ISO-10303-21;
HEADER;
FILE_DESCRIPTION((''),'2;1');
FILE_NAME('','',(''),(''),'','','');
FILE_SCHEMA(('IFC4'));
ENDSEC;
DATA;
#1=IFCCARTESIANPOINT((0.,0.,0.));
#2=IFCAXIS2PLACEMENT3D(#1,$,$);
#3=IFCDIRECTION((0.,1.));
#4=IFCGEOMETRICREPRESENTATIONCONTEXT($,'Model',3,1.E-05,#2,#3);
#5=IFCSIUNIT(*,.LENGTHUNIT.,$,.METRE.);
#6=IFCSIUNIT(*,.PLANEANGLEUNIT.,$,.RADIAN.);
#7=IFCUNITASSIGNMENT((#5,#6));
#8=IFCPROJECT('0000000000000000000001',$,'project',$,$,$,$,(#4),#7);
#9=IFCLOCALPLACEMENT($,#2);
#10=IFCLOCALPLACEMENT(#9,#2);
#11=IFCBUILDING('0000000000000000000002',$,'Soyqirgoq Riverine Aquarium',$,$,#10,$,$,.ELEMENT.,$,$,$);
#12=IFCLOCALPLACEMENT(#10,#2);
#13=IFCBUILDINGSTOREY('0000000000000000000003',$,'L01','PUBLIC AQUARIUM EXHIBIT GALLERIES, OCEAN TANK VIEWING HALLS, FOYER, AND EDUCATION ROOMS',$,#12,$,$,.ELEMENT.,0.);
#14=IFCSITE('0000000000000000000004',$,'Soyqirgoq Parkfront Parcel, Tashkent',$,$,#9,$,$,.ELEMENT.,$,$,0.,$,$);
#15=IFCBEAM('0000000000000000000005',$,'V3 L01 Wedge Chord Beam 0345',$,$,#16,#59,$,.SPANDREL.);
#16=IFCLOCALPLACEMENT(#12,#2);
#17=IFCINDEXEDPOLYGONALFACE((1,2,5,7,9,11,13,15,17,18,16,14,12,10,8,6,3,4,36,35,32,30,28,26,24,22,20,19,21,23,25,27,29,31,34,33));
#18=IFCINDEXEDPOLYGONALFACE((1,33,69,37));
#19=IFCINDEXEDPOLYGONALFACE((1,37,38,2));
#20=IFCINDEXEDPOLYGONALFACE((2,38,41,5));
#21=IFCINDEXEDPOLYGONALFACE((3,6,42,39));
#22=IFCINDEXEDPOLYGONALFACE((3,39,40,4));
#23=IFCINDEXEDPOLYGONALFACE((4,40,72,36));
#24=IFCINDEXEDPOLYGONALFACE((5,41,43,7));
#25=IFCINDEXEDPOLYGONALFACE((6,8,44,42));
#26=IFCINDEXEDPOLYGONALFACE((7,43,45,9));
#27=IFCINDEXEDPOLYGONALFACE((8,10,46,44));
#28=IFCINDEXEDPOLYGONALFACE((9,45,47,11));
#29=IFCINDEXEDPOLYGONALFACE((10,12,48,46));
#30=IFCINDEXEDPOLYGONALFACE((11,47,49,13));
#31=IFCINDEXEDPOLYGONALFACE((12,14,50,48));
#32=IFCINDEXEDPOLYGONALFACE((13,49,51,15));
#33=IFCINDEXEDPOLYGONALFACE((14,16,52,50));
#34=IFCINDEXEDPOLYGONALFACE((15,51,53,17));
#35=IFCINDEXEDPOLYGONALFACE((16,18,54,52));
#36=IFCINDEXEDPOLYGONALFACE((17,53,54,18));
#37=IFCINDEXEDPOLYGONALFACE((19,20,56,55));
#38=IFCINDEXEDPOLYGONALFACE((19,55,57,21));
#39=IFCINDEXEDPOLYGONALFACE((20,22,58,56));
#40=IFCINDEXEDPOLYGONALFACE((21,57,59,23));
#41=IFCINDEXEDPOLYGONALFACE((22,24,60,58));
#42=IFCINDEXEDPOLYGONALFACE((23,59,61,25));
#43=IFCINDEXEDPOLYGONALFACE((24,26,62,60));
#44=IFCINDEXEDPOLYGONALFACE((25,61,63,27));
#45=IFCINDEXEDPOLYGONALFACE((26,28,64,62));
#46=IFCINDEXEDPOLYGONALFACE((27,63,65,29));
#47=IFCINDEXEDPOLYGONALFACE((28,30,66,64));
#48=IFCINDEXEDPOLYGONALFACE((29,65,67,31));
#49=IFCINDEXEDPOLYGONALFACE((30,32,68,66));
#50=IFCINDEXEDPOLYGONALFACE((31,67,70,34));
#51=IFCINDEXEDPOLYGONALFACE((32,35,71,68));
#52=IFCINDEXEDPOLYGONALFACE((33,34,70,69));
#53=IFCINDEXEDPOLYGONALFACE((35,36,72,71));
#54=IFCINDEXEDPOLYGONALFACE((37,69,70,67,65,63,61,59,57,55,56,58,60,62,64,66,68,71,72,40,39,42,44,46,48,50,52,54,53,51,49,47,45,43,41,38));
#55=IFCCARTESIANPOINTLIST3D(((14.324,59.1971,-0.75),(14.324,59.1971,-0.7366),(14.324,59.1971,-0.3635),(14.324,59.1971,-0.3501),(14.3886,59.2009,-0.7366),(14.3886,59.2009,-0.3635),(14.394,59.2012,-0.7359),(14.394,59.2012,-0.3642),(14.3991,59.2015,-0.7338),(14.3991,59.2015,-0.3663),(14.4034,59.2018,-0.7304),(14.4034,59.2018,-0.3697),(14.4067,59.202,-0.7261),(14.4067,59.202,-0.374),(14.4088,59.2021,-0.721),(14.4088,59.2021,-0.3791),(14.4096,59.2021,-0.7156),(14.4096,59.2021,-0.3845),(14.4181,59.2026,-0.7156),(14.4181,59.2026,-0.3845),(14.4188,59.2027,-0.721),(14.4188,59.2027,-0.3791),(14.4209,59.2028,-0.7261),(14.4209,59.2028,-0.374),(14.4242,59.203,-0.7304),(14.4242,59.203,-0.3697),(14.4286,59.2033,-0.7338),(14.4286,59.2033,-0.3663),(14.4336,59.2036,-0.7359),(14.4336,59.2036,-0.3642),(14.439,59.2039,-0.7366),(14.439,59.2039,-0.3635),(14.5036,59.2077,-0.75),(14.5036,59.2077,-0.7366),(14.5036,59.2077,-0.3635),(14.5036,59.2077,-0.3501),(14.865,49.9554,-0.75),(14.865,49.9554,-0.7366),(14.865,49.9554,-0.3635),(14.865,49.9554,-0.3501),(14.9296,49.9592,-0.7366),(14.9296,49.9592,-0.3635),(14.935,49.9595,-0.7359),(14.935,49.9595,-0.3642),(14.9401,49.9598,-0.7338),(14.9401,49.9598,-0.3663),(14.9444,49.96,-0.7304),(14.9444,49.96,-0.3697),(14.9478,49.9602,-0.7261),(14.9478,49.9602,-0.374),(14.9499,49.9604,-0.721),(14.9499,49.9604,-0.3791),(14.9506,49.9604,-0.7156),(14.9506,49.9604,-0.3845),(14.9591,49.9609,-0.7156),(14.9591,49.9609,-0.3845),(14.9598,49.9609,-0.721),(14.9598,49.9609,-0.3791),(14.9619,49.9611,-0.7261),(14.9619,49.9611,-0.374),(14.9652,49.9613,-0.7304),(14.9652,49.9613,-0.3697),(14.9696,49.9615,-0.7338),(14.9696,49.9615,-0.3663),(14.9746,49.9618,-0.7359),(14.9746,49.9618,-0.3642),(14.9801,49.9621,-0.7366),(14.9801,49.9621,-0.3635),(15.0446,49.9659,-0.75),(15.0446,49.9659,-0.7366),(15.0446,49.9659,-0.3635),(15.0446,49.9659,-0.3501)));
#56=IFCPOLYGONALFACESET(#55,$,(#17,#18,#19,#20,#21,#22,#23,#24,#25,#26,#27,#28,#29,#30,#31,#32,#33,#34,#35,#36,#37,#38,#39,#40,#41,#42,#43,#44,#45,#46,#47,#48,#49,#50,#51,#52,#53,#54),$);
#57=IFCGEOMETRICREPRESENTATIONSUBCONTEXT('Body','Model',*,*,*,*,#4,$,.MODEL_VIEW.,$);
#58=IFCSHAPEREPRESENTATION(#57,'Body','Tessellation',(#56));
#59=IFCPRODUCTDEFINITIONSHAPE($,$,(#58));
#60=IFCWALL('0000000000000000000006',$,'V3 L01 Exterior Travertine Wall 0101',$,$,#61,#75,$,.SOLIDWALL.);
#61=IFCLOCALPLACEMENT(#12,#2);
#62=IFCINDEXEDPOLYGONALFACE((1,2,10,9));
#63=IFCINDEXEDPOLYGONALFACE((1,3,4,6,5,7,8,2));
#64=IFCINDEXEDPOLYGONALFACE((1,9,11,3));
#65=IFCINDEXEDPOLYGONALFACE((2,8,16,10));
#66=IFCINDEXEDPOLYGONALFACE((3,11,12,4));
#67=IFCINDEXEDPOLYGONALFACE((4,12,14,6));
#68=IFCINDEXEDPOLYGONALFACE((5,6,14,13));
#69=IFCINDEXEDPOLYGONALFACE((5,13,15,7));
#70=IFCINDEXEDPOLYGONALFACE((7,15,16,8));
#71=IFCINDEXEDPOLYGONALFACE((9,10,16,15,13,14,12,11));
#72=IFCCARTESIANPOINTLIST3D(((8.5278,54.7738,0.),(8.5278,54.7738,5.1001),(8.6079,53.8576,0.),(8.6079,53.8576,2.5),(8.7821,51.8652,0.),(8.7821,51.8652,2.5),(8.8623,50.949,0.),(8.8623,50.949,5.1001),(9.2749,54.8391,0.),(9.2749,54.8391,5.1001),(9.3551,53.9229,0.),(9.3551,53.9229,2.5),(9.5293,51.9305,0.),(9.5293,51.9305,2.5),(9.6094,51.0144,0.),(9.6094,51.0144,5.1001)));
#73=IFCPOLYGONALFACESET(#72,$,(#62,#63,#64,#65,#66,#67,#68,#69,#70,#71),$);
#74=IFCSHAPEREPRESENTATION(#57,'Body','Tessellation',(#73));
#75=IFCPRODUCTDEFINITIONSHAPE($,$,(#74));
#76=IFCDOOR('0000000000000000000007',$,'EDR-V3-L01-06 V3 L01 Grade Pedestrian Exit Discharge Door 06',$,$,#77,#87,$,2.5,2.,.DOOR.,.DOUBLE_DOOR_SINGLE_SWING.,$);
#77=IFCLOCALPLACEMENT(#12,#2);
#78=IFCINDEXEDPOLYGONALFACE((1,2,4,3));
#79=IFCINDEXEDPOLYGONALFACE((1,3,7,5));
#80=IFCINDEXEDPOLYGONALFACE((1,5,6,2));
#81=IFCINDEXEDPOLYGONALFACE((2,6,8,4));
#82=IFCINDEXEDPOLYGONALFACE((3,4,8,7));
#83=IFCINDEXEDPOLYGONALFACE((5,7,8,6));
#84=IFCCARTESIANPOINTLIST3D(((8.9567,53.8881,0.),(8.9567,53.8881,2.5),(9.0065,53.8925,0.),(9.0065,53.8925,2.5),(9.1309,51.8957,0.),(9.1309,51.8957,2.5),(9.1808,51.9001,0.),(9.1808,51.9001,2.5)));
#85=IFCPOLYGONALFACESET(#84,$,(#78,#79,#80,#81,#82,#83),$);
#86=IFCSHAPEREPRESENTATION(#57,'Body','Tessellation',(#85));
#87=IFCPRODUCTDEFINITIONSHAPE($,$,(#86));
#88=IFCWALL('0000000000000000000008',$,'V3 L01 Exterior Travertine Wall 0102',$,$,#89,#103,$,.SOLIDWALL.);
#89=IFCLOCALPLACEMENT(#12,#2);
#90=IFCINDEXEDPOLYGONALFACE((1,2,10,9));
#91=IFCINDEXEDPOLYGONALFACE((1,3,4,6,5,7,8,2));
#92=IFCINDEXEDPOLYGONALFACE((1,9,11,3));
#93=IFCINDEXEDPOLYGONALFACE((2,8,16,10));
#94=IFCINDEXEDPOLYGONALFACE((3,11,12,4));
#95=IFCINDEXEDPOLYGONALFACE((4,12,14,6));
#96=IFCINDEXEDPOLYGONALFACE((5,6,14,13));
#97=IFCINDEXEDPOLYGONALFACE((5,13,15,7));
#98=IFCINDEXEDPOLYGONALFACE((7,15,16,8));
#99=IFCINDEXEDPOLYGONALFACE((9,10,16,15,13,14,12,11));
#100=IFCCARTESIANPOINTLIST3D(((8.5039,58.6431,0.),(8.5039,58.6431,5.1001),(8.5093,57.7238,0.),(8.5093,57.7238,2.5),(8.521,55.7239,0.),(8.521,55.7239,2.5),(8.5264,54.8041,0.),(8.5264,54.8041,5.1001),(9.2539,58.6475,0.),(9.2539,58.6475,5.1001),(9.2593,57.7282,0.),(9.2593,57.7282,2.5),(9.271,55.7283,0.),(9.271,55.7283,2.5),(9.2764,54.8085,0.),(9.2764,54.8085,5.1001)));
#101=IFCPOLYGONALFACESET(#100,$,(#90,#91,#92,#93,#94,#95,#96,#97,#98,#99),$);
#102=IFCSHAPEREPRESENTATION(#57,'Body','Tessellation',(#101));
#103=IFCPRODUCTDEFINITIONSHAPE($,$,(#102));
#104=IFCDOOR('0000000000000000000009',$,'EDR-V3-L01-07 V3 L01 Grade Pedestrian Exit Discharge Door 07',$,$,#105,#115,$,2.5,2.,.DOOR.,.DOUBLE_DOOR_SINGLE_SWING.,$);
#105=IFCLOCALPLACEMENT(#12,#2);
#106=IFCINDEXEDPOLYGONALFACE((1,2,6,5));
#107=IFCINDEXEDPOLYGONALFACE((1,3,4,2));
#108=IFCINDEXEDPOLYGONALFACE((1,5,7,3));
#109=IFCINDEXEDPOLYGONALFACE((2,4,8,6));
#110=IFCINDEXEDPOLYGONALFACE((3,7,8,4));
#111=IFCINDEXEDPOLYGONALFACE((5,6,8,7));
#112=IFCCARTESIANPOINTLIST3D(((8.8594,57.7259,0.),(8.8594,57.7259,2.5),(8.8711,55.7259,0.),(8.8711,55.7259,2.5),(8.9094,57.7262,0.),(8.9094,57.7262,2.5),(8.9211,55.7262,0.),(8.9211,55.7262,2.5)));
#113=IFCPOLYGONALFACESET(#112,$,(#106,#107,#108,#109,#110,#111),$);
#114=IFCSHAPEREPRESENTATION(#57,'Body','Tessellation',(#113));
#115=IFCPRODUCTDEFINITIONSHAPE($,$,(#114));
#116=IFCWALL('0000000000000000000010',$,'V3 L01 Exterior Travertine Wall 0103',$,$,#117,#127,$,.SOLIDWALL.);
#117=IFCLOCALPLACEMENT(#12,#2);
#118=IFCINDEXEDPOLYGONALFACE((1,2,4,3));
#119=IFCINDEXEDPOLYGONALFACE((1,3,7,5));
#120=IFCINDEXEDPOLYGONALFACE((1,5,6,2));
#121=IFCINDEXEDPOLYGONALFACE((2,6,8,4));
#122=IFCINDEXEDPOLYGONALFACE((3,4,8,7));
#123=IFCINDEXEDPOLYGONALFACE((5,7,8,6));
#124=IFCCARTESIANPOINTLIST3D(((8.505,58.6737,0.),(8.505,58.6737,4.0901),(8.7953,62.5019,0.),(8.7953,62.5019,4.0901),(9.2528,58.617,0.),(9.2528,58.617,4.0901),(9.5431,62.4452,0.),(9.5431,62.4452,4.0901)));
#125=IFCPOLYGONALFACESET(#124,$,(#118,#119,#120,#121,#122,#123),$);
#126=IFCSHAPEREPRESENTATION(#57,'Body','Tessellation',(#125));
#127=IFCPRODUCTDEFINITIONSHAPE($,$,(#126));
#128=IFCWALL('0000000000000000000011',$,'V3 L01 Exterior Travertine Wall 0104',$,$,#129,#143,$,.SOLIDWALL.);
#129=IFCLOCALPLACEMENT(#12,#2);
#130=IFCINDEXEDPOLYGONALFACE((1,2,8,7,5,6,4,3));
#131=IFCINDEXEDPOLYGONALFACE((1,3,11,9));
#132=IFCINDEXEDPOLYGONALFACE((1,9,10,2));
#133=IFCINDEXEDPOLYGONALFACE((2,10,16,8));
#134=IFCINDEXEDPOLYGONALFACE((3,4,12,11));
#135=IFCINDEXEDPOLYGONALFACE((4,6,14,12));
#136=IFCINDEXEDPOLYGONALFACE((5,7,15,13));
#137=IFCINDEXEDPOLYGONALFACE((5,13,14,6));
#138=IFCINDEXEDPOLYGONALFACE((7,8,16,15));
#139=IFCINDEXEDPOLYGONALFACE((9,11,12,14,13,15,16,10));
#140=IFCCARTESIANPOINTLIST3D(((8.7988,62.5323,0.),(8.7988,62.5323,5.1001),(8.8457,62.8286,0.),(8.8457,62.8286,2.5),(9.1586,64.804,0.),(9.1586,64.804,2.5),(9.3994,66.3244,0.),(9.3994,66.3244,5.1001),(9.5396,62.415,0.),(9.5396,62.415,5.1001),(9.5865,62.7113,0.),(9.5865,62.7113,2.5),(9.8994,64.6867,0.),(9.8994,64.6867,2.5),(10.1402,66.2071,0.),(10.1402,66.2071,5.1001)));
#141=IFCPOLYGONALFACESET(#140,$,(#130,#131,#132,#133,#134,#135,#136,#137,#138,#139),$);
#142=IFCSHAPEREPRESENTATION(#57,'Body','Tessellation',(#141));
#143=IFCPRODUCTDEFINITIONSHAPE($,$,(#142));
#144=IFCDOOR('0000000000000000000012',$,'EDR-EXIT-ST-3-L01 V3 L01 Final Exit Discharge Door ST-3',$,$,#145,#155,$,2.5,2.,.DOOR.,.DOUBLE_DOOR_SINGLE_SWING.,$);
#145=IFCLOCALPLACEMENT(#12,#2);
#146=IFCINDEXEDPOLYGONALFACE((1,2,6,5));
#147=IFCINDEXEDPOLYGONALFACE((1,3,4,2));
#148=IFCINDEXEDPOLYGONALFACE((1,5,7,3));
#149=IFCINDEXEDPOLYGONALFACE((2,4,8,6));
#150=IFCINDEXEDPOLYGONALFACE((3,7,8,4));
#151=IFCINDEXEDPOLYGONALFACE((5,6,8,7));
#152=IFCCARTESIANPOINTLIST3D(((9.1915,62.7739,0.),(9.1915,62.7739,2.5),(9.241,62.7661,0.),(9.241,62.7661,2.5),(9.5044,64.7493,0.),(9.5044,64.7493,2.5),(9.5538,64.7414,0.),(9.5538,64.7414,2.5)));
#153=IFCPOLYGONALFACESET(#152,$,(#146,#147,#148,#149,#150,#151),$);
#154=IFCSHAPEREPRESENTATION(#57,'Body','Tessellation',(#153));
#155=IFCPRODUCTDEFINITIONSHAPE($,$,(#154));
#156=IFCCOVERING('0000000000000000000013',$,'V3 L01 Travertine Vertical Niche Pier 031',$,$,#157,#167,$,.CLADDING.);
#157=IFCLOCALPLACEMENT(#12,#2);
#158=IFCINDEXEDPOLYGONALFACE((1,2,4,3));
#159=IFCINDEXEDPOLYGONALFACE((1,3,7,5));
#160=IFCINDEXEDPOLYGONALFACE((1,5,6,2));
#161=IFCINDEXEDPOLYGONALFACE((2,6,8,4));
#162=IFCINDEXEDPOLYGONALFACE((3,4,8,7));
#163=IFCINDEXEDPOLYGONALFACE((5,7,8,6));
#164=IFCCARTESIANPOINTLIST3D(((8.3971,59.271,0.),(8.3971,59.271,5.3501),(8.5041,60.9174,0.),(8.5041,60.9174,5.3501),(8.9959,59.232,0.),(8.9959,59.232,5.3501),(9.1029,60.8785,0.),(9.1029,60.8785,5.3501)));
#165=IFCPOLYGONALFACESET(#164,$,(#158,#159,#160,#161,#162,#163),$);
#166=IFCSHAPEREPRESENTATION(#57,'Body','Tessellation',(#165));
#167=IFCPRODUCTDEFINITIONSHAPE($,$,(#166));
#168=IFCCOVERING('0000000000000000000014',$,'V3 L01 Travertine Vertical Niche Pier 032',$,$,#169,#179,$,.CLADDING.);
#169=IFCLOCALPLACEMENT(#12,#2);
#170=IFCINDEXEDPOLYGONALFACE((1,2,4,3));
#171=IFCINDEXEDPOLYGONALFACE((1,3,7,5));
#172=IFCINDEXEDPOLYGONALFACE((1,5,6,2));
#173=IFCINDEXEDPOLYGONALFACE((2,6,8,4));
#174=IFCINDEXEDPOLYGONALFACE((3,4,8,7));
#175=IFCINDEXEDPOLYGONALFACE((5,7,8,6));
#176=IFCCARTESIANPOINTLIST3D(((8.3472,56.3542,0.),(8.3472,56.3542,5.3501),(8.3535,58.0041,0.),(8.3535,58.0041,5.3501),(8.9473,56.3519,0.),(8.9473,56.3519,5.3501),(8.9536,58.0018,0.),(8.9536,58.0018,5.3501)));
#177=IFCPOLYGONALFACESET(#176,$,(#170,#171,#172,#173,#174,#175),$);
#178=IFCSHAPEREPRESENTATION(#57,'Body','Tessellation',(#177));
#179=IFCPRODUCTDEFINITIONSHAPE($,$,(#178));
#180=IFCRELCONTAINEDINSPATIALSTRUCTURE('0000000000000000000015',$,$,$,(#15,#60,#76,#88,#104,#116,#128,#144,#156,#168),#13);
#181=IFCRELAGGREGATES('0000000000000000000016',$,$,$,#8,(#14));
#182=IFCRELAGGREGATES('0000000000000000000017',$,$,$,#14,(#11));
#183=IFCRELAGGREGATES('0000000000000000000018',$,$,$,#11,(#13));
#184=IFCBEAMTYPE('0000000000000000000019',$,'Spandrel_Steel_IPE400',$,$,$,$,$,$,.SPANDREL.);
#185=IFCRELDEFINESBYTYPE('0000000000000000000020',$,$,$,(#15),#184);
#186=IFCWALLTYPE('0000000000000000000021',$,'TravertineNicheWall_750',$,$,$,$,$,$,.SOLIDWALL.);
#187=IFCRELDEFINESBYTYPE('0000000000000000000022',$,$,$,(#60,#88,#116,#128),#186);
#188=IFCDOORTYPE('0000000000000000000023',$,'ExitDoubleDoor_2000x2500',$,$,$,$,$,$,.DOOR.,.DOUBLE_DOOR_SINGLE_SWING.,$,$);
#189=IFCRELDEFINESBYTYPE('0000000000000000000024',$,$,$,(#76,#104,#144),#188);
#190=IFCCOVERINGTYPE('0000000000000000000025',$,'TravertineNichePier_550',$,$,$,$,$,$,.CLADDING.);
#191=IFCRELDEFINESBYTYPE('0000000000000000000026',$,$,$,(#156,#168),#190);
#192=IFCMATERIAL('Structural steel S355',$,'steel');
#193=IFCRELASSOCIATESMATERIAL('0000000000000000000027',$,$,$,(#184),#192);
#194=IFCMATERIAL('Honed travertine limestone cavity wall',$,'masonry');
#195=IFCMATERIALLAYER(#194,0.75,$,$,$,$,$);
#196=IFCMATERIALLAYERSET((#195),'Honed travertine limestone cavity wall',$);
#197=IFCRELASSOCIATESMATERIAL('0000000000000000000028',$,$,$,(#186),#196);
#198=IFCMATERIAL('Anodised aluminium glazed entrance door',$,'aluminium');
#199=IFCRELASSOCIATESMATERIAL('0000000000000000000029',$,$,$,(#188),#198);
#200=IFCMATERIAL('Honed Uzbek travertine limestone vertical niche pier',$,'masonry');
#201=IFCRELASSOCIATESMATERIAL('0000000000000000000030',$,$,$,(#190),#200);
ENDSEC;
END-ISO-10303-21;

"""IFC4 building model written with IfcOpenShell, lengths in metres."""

from ifc_helpers import new_model, si_unit, direction, frame, frame_2d, origin, origin_2d, place, context, subcontext, project, spatial, rectangle, i_section, extrude, material, layer, layer_set, material_profile, profile_set, type_object, element, fill, save


model = new_model("IFC4")

# Units and contexts
model_context = context("Model", 3, precision=1e-05, world=origin(), true_north=direction((0.0, 1.0)))
body_context = subcontext(model_context, "Body", "Model", "MODEL_VIEW")
ifc_project = project(units=[si_unit("LENGTHUNIT", "METRE"), si_unit("PLANEANGLEUNIT", "RADIAN")], contexts=[model_context])

# Site, building, storey
site_placement = place(None, origin())
site = spatial("IfcSite", under=ifc_project, at=site_placement, Name="Soyqirgoq Parkfront Parcel, Tashkent", CompositionType="ELEMENT", RefElevation=0.0)
building_placement = place(site_placement, origin())
building = spatial("IfcBuilding", under=site, at=building_placement, Name="Soyqirgoq Riverine Aquarium", CompositionType="ELEMENT")
storey_placement = place(building_placement, origin())
storey = spatial("IfcBuildingStorey", under=building, at=storey_placement, Name="L01", Description="PUBLIC AQUARIUM EXHIBIT GALLERIES, OCEAN TANK VIEWING HALLS, FOYER, AND EDUCATION ROOMS", CompositionType="ELEMENT", Elevation=0.0)

# Beam
ifc_material_1 = material(Name="Structural steel S355", Category="steel")
ifc_material_profile_1 = material_profile(ifc_material_1, i_section(OverallWidth=0.1799, OverallDepth=0.3999, WebThickness=0.0085, FlangeThickness=0.0134, FilletRadius=0.021, at=origin_2d()), Name="IPE 400")
ifc_profile_set_1 = profile_set([ifc_material_profile_1], Name="Structural steel S355")
beam_type_1 = type_object("IfcBeamType", Name="Spandrel_Steel_IPE400", PredefinedType="SPANDREL", material=ifc_profile_set_1)
beam_1_placement = place(storey_placement, frame((14.4138, 59.2024, -0.55), z_axis=(0.058441, -0.998291, 0.0), x_axis=(0.998291, 0.058441, 0.0)))
element("IfcBeam", 1, at=beam_1_placement, inside=storey, type_object=beam_type_1, Name="V3 L01 Wedge Chord Beam 0345", PredefinedType="SPANDREL", context=body_context, shape_type="SweptSolid", body=[
    extrude(i_section(OverallWidth=0.1799, OverallDepth=0.3999, WebThickness=0.0085, FlangeThickness=0.0134, FilletRadius=0.021, at=origin_2d()), origin(), (0.0, 0.0, 1.0), 9.2576),
])

# Walls, openings, doors
ifc_material_2 = material(Name="Honed travertine limestone cavity wall", Category="masonry")
ifc_layer = layer(ifc_material_2, 0.75)
ifc_layer_set = layer_set([ifc_layer], Name="Honed travertine limestone cavity wall")
wall_type = type_object("IfcWallType", Name="TravertineNicheWall_750", PredefinedType="SOLIDWALL", material=ifc_layer_set)
wall_1_placement = place(storey_placement, frame((9.2358, 50.9817, 0.0), z_axis=(0.0, 0.0, 1.0), x_axis=(-0.087118, 0.996198, 0.0)))
wall_1 = element("IfcWall", 2, at=wall_1_placement, inside=storey, type_object=wall_type, Name="V3 L01 Exterior Travertine Wall 0101", PredefinedType="SOLIDWALL", context=body_context, shape_type="SweptSolid", body=[
    extrude(rectangle(XDim=3.8394, YDim=0.75, at=frame_2d((1.9197, 0.0))), origin(), (0.0, 0.0, 1.0), 5.1001),
])
opening_1_placement = place(wall_1_placement, frame((0.9197, 0.0, 0.0)))
opening_1 = element("IfcOpeningElement", 3, at=opening_1_placement, cuts=wall_1, PredefinedType="OPENING", context=body_context, shape_type="SweptSolid", body=[
    extrude(rectangle(XDim=2.0, YDim=2.5, at=frame_2d((1.0, 1.25))), frame((0.0, 0.385, 0.0), z_axis=(0.0, -1.0, 0.0), x_axis=(1.0, 0.0, 0.0)), (0.0, 0.0, 1.0), 0.77),
])
ifc_material_3 = material(Name="Anodised aluminium glazed entrance door", Category="aluminium")
door_type = type_object("IfcDoorType", Name="ExitDoubleDoor_2000x2500", OperationType="DOUBLE_DOOR_SINGLE_SWING", PredefinedType="DOOR", material=ifc_material_3)
door_1_placement = place(opening_1_placement, origin())
door_1 = element("IfcDoor", 4, at=door_1_placement, inside=storey, type_object=door_type, Name="EDR-V3-L01-06 V3 L01 Grade Pedestrian Exit Discharge Door 06", OperationType="DOUBLE_DOOR_SINGLE_SWING", OverallHeight=2.5, OverallWidth=2.0, PredefinedType="DOOR", context=body_context, shape_type="SweptSolid", body=[
    extrude(rectangle(XDim=2.0, YDim=2.5, at=frame_2d((1.0, 1.25))), frame((0.0, 0.0249, 0.0), z_axis=(0.0, -1.0, 0.0), x_axis=(1.0, 0.0, 0.0)), (0.0, 0.0, 1.0), 0.05),
])
fill(opening_1, door_1)
wall_2_placement = place(storey_placement, frame((8.9014, 54.8064, 0.0), z_axis=(0.0, 0.0, 1.0), x_axis=(-0.00585, 0.999983, 0.0)))
wall_2 = element("IfcWall", 5, at=wall_2_placement, inside=storey, type_object=wall_type, Name="V3 L01 Exterior Travertine Wall 0102", PredefinedType="SOLIDWALL", context=body_context, shape_type="SweptSolid", body=[
    extrude(rectangle(XDim=3.8391, YDim=0.75, at=frame_2d((1.9194, 0.0))), origin(), (0.0, 0.0, 1.0), 5.1001),
])
opening_2_placement = place(wall_2_placement, frame((0.9197, 0.0, 0.0)))
opening_2 = element("IfcOpeningElement", 6, at=opening_2_placement, cuts=wall_2, PredefinedType="OPENING", context=body_context, shape_type="SweptSolid", body=[
    extrude(rectangle(XDim=2.0, YDim=2.5, at=frame_2d((1.0, 1.25))), frame((0.0, 0.385, 0.0), z_axis=(0.0, -1.0, 0.0), x_axis=(1.0, 0.0, 0.0)), (0.0, 0.0, 1.0), 0.77),
])
door_2_placement = place(opening_2_placement, origin())
door_2 = element("IfcDoor", 7, at=door_2_placement, inside=storey, type_object=door_type, Name="EDR-V3-L01-07 V3 L01 Grade Pedestrian Exit Discharge Door 07", OperationType="DOUBLE_DOOR_SINGLE_SWING", OverallHeight=2.5, OverallWidth=2.0, PredefinedType="DOOR", context=body_context, shape_type="SweptSolid", body=[
    extrude(rectangle(XDim=2.0, YDim=2.5, at=frame_2d((1.0, 1.25))), frame((0.0, 0.0249, 0.0), z_axis=(0.0, -1.0, 0.0), x_axis=(1.0, 0.0, 0.0)), (0.0, 0.0, 1.0), 0.05),
])
fill(opening_2, door_2)

# Wall
wall_3_placement = place(storey_placement, frame((8.8789, 58.6455, 0.0), z_axis=(0.0, 0.0, 1.0), x_axis=(0.075612, 0.997137, 0.0)))
element("IfcWall", 8, at=wall_3_placement, inside=storey, type_object=wall_type, Name="V3 L01 Exterior Travertine Wall 0103", PredefinedType="SOLIDWALL", context=body_context, shape_type="SweptSolid", body=[
    extrude(rectangle(XDim=3.8391, YDim=0.75, at=frame_2d((1.9194, 0.0))), origin(), (0.0, 0.0, 1.0), 4.0901),
])

# Wall, opening, door
wall_4_placement = place(storey_placement, frame((9.1692, 62.4736, 0.0), z_axis=(0.0, 0.0, 1.0), x_axis=(0.156433, 0.987689, 0.0)))
wall_4 = element("IfcWall", 9, at=wall_4_placement, inside=storey, type_object=wall_type, Name="V3 L01 Exterior Travertine Wall 0104", PredefinedType="SOLIDWALL", context=body_context, shape_type="SweptSolid", body=[
    extrude(rectangle(XDim=3.8394, YDim=0.75, at=frame_2d((1.9197, 0.0))), origin(), (0.0, 0.0, 1.0), 5.1001),
])
opening_3_placement = place(wall_4_placement, frame((0.3, 0.0, 0.0)))
opening_3 = element("IfcOpeningElement", 10, at=opening_3_placement, cuts=wall_4, PredefinedType="OPENING", context=body_context, shape_type="SweptSolid", body=[
    extrude(rectangle(XDim=2.0, YDim=2.5, at=frame_2d((1.0, 1.25))), frame((0.0, 0.385, 0.0), z_axis=(0.0, -1.0, 0.0), x_axis=(1.0, 0.0, 0.0)), (0.0, 0.0, 1.0), 0.77),
])
door_3_placement = place(opening_3_placement, origin())
door_3 = element("IfcDoor", 11, at=door_3_placement, inside=storey, type_object=door_type, Name="EDR-EXIT-ST-3-L01 V3 L01 Final Exit Discharge Door ST-3", OperationType="DOUBLE_DOOR_SINGLE_SWING", OverallHeight=2.5, OverallWidth=2.0, PredefinedType="DOOR", context=body_context, shape_type="SweptSolid", body=[
    extrude(rectangle(XDim=2.0, YDim=2.5, at=frame_2d((1.0, 1.25))), frame((0.0, 0.0249, 0.0), z_axis=(0.0, -1.0, 0.0), x_axis=(1.0, 0.0, 0.0)), (0.0, 0.0, 1.0), 0.05),
])
fill(opening_3, door_3)

# Coverings
ifc_material_4 = material(Name="Honed Uzbek travertine limestone vertical niche pier", Category="masonry")
covering_type = type_object("IfcCoveringType", Name="TravertineNichePier_550", PredefinedType="CLADDING", material=ifc_material_4)
for number, where, z_axis, x_axis, name in (
    (12, (8.75, 60.0747, 0.0), (0.0, 0.0, 1.0), (-0.997893, 0.064881, 0.0), "V3 L01 Travertine Vertical Niche Pier 031"),
    (13, (8.6504, 57.178, 0.0), (0.0, 0.0, 1.0), (-0.999993, 0.00384, 0.0), "V3 L01 Travertine Vertical Niche Pier 032"),
):
    element("IfcCovering", number, at=place(storey_placement, frame(where, z_axis=z_axis, x_axis=x_axis)), inside=storey, type_object=covering_type, Name=name, PredefinedType="CLADDING", context=body_context, shape_type="SweptSolid", body=[
        extrude(rectangle(XDim=0.6001, YDim=1.6499, at=origin_2d()), origin(), (0.0, 0.0, 1.0), 5.3501),
    ])

save(model, "model.ifc")
